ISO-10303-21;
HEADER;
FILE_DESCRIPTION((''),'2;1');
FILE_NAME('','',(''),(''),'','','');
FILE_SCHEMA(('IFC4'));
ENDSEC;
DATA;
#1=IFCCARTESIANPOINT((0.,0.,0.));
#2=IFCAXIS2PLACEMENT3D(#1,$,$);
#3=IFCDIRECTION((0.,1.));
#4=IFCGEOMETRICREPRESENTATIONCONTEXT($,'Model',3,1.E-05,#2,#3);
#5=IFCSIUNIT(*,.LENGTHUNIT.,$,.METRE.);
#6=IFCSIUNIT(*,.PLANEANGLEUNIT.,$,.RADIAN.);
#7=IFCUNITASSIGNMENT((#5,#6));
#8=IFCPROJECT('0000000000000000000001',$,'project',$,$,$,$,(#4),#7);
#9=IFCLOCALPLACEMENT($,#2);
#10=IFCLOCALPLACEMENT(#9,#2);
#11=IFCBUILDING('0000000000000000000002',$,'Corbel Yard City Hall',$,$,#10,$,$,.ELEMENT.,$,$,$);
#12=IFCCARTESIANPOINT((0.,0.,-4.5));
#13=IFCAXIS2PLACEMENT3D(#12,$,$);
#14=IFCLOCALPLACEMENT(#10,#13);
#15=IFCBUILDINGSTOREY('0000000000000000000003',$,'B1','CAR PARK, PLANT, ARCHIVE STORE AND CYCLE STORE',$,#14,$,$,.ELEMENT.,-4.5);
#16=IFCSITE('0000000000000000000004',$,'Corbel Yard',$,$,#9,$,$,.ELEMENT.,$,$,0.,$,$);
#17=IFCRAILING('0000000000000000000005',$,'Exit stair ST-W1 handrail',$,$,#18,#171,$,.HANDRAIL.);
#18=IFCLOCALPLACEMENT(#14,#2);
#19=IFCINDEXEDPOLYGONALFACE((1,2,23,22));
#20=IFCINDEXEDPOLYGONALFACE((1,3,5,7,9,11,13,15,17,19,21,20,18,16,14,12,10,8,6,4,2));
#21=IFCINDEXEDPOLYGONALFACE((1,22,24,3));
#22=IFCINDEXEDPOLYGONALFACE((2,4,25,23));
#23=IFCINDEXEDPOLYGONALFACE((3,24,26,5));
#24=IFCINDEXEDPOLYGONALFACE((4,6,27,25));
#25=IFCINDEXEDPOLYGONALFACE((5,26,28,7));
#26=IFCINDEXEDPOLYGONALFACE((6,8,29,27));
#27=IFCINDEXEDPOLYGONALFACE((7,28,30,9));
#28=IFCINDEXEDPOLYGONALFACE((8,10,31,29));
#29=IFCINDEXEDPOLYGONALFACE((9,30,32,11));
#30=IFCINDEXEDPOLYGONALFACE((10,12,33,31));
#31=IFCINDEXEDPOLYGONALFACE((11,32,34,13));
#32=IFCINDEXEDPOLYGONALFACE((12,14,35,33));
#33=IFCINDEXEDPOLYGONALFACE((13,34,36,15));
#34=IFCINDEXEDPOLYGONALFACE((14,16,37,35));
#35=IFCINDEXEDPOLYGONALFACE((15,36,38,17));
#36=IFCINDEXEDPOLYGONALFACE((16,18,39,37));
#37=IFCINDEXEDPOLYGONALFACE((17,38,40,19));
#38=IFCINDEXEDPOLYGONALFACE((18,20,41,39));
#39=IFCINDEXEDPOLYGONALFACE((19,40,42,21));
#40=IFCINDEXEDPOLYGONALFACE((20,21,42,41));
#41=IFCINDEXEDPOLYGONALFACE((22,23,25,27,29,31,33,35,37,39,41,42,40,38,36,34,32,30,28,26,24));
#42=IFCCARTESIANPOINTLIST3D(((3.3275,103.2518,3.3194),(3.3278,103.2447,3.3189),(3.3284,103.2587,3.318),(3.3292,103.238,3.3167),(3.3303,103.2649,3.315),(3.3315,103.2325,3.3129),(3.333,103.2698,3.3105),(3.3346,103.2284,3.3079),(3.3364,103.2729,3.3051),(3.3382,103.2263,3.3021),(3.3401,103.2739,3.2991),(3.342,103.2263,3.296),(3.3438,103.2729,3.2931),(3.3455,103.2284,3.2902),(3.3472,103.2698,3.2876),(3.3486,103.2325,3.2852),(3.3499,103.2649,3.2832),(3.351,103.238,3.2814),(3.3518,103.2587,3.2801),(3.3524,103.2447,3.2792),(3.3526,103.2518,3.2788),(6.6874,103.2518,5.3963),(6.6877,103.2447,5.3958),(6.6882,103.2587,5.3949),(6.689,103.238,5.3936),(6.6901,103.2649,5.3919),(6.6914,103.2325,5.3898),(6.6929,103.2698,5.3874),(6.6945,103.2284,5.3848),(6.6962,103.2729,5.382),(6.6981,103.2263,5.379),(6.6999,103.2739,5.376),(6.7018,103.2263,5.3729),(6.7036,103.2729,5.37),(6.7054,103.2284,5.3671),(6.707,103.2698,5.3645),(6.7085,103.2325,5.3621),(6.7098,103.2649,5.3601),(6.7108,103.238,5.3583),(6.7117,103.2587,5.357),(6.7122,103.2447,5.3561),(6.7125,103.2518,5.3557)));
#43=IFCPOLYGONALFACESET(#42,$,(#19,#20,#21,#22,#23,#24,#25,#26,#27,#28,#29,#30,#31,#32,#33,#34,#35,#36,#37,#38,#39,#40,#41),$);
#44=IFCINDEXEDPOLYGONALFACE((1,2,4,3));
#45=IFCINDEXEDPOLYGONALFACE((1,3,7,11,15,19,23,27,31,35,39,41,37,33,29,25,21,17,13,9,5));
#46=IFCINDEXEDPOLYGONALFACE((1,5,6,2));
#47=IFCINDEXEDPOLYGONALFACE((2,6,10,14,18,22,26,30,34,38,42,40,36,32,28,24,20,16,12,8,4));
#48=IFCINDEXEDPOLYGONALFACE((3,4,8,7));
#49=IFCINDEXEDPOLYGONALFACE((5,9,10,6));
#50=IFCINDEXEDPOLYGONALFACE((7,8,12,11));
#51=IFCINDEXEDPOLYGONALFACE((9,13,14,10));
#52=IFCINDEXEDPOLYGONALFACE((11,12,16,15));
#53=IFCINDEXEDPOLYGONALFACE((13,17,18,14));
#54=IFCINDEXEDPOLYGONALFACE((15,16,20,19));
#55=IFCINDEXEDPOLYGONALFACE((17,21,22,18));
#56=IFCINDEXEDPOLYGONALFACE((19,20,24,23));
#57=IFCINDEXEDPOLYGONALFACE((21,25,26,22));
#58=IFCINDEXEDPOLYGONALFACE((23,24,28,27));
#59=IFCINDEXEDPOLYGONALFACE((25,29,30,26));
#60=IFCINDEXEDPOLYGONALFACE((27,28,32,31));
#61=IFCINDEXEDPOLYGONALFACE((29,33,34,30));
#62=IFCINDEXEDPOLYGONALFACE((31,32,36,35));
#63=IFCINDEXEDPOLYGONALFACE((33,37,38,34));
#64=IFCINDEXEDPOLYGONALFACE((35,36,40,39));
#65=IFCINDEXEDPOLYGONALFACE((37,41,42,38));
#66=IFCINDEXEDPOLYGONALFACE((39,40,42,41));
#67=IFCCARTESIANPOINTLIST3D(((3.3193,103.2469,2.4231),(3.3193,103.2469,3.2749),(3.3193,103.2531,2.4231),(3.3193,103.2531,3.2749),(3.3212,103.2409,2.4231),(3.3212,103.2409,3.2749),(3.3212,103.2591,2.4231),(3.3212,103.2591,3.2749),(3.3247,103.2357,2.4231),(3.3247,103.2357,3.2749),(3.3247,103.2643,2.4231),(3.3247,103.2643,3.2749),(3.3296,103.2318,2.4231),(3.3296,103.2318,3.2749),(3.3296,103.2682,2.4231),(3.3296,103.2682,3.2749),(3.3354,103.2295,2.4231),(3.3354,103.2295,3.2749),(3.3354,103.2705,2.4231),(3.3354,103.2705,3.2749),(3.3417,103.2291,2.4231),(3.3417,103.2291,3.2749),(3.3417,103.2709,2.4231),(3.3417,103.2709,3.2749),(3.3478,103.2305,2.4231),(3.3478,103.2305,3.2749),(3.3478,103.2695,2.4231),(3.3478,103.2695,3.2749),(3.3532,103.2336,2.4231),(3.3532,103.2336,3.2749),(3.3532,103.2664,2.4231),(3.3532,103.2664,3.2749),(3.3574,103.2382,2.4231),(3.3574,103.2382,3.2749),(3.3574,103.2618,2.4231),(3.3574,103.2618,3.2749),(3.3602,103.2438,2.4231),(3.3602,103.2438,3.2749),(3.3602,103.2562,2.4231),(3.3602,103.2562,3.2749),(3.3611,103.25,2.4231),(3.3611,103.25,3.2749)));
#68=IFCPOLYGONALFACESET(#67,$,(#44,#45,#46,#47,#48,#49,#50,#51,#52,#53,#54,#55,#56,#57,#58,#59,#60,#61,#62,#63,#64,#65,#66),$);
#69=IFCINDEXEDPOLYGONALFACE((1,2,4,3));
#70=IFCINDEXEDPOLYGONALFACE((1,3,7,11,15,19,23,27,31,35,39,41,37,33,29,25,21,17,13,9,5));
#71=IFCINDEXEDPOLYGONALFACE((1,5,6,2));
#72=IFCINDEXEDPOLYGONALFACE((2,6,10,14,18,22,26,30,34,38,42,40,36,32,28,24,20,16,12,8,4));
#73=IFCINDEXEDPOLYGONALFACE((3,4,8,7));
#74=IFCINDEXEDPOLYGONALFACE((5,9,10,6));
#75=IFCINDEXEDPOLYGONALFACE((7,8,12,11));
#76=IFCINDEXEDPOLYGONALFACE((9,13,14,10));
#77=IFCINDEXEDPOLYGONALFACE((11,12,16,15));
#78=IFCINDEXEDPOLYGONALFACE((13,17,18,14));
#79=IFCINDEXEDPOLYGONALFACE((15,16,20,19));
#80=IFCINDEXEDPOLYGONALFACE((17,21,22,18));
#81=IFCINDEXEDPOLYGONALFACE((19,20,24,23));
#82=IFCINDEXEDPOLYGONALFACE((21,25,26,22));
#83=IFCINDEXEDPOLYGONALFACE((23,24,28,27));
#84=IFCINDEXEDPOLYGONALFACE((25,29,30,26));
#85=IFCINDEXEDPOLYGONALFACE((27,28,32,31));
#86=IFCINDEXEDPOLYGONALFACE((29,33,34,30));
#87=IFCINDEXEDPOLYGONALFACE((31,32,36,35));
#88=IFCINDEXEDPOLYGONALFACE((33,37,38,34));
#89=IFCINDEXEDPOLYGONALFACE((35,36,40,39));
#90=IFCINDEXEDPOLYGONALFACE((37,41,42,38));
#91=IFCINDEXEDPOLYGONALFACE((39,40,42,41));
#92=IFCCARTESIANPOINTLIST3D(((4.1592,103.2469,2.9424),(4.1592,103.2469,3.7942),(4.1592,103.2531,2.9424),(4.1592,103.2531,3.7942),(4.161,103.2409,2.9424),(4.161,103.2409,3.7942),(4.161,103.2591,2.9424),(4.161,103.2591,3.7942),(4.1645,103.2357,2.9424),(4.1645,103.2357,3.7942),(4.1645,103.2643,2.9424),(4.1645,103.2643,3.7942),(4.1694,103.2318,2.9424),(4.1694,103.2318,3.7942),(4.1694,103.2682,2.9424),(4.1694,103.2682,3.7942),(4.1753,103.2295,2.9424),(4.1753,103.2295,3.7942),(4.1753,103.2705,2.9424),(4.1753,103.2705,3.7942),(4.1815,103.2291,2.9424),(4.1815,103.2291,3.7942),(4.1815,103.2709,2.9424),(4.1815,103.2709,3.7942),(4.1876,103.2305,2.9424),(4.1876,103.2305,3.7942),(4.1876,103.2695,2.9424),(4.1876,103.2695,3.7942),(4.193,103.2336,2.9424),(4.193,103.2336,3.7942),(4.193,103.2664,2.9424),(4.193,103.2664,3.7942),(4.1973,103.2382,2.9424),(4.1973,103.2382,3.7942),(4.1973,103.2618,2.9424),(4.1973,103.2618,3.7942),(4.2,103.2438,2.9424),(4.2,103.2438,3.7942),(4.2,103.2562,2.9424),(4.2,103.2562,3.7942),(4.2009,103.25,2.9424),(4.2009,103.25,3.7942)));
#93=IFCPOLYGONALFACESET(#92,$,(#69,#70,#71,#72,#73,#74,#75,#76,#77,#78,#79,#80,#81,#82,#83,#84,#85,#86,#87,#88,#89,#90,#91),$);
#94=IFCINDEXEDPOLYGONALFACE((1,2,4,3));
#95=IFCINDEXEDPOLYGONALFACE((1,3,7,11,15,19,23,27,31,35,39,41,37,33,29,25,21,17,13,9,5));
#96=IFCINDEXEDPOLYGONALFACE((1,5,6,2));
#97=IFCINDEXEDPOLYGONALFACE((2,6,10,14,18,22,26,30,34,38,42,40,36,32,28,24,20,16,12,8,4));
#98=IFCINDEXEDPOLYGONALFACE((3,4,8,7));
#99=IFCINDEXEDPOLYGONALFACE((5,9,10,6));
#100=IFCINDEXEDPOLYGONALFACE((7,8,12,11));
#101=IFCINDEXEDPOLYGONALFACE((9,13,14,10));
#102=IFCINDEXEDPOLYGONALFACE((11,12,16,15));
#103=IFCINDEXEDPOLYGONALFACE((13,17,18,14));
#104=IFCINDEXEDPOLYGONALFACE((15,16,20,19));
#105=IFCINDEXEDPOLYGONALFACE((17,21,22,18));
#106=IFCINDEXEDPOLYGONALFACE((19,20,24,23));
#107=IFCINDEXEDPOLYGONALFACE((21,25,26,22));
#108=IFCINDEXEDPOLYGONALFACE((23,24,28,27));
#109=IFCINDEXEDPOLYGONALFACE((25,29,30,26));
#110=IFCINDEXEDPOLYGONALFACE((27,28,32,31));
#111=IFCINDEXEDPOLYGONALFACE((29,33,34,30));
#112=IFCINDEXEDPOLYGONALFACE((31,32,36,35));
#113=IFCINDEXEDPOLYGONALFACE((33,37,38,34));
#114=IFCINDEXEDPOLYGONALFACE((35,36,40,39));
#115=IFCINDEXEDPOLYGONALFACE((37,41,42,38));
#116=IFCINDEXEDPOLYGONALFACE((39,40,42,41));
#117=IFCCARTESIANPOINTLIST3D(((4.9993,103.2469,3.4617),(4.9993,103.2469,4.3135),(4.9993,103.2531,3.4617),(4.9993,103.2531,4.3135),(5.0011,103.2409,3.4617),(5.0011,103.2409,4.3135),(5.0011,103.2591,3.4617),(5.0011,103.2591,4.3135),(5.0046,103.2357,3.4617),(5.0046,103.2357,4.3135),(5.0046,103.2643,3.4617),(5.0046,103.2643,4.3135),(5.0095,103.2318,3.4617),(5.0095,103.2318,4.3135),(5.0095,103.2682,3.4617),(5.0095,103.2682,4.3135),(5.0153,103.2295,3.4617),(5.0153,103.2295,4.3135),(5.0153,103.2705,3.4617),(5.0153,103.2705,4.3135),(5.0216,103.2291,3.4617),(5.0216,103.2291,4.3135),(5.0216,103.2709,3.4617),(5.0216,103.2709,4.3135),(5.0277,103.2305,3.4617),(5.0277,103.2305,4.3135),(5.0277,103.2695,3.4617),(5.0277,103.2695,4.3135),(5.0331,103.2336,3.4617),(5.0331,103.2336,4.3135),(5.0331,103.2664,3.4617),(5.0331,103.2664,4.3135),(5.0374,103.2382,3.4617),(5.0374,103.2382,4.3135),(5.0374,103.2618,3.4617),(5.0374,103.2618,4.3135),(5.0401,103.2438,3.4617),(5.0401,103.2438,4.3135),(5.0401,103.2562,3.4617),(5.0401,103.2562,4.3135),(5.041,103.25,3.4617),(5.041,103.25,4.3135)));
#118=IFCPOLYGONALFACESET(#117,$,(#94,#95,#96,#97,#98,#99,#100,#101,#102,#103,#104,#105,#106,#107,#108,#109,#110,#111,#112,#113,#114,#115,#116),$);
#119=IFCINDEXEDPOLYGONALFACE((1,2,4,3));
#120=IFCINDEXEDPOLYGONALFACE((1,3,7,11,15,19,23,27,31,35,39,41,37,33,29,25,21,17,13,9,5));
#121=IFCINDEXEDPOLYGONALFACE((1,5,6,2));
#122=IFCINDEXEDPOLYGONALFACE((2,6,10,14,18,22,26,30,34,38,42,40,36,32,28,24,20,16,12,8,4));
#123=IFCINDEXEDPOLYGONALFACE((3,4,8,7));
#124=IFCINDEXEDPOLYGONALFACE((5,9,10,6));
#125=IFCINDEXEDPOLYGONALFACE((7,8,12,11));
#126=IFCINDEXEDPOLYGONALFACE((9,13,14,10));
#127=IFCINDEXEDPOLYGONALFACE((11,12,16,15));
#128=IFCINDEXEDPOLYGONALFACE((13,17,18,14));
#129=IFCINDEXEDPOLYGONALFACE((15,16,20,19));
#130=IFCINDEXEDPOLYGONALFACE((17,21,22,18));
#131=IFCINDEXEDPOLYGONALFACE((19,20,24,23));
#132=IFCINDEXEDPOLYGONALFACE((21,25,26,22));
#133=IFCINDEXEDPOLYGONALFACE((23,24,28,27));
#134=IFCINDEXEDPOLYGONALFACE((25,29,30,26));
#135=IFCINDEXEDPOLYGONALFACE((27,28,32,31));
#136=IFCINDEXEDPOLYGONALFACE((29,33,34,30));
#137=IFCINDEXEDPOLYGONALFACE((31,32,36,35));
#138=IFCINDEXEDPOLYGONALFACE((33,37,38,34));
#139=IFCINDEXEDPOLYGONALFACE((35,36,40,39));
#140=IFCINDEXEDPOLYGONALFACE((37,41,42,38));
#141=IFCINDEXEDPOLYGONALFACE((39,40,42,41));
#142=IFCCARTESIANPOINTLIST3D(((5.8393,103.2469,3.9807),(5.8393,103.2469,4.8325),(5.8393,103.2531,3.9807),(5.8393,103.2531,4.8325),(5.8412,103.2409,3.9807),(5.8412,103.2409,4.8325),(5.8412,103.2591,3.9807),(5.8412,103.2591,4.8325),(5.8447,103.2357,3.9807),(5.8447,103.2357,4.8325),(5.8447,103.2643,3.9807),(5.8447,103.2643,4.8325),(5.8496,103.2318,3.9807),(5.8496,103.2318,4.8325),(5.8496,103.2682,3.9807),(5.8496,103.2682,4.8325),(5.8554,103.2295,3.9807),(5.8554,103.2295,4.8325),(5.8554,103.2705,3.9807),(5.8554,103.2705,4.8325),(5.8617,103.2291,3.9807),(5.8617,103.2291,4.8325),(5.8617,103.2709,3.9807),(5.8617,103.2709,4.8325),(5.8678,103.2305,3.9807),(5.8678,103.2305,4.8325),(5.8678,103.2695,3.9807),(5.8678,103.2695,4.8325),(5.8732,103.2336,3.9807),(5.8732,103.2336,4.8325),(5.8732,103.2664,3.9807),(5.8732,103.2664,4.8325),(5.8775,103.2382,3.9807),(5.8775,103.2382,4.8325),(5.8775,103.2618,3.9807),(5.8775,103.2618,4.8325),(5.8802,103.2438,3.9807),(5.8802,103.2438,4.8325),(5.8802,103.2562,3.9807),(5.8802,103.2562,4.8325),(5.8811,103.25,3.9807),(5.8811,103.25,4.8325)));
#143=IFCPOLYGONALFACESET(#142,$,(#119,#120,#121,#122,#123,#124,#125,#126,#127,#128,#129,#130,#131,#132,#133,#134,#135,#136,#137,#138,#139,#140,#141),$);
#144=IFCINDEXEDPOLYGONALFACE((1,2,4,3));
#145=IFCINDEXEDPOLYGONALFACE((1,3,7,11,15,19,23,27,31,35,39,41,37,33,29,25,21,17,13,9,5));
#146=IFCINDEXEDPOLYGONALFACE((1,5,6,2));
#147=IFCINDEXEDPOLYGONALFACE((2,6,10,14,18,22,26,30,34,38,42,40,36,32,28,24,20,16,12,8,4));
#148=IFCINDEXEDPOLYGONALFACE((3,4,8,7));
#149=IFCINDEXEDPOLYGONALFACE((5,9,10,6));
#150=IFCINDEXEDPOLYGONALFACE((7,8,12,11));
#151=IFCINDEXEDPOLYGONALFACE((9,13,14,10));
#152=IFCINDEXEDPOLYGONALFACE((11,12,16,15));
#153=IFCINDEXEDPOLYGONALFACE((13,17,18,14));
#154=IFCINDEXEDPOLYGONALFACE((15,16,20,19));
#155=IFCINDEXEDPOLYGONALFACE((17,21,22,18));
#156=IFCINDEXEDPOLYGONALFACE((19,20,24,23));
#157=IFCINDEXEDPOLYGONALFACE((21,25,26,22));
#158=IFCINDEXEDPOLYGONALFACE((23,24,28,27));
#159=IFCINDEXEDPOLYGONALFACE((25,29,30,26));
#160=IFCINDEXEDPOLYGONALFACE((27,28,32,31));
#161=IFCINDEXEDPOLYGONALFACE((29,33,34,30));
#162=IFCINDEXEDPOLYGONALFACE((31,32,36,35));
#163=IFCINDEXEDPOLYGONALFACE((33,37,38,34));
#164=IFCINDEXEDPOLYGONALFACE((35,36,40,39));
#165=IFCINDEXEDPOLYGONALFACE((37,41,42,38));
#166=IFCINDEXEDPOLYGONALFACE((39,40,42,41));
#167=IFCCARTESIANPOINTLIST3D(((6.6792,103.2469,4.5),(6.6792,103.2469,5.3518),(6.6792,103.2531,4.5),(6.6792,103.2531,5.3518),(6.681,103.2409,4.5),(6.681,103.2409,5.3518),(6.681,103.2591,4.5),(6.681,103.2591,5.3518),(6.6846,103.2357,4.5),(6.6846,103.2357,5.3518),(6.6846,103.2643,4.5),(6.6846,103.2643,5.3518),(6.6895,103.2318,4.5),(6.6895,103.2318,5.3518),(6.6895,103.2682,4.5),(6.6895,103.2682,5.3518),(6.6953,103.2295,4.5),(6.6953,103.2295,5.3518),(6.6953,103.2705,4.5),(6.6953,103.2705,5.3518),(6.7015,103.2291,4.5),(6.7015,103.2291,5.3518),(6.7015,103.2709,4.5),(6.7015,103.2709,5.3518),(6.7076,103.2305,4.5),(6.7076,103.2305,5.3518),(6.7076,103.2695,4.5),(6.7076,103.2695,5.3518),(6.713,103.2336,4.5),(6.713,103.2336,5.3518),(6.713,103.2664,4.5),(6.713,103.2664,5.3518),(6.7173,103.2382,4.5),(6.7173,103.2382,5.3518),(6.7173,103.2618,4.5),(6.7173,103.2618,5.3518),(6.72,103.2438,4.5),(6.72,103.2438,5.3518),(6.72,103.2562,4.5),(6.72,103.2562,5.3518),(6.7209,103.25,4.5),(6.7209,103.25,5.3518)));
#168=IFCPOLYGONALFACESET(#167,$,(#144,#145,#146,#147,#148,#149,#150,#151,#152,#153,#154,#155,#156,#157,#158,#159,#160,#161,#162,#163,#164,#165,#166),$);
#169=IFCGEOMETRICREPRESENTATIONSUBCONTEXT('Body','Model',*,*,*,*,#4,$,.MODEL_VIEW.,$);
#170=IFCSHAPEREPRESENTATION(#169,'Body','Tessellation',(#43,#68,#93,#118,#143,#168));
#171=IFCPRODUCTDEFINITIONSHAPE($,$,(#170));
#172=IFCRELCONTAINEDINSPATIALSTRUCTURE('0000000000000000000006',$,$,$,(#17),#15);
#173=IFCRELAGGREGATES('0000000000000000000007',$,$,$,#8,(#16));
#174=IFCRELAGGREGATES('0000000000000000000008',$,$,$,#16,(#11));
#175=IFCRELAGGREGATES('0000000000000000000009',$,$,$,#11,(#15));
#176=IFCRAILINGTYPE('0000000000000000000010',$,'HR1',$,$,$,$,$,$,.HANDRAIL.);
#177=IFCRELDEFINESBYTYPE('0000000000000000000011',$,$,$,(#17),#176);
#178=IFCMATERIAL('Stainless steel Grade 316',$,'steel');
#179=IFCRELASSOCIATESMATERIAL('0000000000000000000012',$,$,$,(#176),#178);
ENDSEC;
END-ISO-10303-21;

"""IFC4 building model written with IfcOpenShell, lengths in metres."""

from ifc_helpers import new_model, si_unit, direction, frame, origin, origin_2d, place, context, subcontext, project, spatial, circle, extrude, material, type_object, element, save


model = new_model("IFC4")

# Units and contexts
model_context = context("Model", 3, precision=1e-05, world=origin(), true_north=direction((0.0, 1.0)))
body_context = subcontext(model_context, "Body", "Model", "MODEL_VIEW")
ifc_project = project(units=[si_unit("LENGTHUNIT", "METRE"), si_unit("PLANEANGLEUNIT", "RADIAN")], contexts=[model_context])

# Site, building, storey
site_placement = place(None, origin())
site = spatial("IfcSite", under=ifc_project, at=site_placement, Name="Corbel Yard", CompositionType="ELEMENT", RefElevation=0.0)
building_placement = place(site_placement, origin())
building = spatial("IfcBuilding", under=site, at=building_placement, Name="Corbel Yard City Hall", CompositionType="ELEMENT")
storey_placement = place(building_placement, frame((0.0, 0.0, -4.5)))
storey = spatial("IfcBuildingStorey", under=building, at=storey_placement, Name="B1", Description="CAR PARK, PLANT, ARCHIVE STORE AND CYCLE STORE", CompositionType="ELEMENT", Elevation=-4.5)

# Railing
ifc_material_1 = material(Name="Stainless steel Grade 316", Category="steel")
railing_type = type_object("IfcRailingType", Name="HR1", PredefinedType="HANDRAIL", material=ifc_material_1)
for number, where, name in (
    (1, (3.3401, 103.25, 2.4231), "Exit stair ST-W1 handrail"),
):
    element("IfcRailing", number, at=place(storey_placement, frame(where)), inside=storey, type_object=railing_type, Name=name, PredefinedType="HANDRAIL", context=body_context, shape_type="SweptSolid", body=[
        extrude(circle(Radius=0.0239, at=origin_2d()), frame((0.0, 0.0, 0.876), z_axis=(0.850606, 0.0, 0.525803), x_axis=(0.0, 1.0, 0.0)), (0.0, 0.0, 1.0), 3.95),
        extrude(circle(Radius=0.021, at=origin_2d()), origin(), (0.0, 0.0, 1.0), 0.8518),
        extrude(circle(Radius=0.021, at=origin_2d()), frame((0.8398, 0.0, 0.5193)), (0.0, 0.0, 1.0), 0.8518),
        extrude(circle(Radius=0.021, at=origin_2d()), frame((1.6799, 0.0, 1.0386)), (0.0, 0.0, 1.0), 0.8518),
        extrude(circle(Radius=0.021, at=origin_2d()), frame((2.52, 0.0, 1.5576)), (0.0, 0.0, 1.0), 0.8518),
        extrude(circle(Radius=0.021, at=origin_2d()), frame((3.3599, 0.0, 2.0769)), (0.0, 0.0, 1.0), 0.8518),
    ])

save(model, "model.ifc")
